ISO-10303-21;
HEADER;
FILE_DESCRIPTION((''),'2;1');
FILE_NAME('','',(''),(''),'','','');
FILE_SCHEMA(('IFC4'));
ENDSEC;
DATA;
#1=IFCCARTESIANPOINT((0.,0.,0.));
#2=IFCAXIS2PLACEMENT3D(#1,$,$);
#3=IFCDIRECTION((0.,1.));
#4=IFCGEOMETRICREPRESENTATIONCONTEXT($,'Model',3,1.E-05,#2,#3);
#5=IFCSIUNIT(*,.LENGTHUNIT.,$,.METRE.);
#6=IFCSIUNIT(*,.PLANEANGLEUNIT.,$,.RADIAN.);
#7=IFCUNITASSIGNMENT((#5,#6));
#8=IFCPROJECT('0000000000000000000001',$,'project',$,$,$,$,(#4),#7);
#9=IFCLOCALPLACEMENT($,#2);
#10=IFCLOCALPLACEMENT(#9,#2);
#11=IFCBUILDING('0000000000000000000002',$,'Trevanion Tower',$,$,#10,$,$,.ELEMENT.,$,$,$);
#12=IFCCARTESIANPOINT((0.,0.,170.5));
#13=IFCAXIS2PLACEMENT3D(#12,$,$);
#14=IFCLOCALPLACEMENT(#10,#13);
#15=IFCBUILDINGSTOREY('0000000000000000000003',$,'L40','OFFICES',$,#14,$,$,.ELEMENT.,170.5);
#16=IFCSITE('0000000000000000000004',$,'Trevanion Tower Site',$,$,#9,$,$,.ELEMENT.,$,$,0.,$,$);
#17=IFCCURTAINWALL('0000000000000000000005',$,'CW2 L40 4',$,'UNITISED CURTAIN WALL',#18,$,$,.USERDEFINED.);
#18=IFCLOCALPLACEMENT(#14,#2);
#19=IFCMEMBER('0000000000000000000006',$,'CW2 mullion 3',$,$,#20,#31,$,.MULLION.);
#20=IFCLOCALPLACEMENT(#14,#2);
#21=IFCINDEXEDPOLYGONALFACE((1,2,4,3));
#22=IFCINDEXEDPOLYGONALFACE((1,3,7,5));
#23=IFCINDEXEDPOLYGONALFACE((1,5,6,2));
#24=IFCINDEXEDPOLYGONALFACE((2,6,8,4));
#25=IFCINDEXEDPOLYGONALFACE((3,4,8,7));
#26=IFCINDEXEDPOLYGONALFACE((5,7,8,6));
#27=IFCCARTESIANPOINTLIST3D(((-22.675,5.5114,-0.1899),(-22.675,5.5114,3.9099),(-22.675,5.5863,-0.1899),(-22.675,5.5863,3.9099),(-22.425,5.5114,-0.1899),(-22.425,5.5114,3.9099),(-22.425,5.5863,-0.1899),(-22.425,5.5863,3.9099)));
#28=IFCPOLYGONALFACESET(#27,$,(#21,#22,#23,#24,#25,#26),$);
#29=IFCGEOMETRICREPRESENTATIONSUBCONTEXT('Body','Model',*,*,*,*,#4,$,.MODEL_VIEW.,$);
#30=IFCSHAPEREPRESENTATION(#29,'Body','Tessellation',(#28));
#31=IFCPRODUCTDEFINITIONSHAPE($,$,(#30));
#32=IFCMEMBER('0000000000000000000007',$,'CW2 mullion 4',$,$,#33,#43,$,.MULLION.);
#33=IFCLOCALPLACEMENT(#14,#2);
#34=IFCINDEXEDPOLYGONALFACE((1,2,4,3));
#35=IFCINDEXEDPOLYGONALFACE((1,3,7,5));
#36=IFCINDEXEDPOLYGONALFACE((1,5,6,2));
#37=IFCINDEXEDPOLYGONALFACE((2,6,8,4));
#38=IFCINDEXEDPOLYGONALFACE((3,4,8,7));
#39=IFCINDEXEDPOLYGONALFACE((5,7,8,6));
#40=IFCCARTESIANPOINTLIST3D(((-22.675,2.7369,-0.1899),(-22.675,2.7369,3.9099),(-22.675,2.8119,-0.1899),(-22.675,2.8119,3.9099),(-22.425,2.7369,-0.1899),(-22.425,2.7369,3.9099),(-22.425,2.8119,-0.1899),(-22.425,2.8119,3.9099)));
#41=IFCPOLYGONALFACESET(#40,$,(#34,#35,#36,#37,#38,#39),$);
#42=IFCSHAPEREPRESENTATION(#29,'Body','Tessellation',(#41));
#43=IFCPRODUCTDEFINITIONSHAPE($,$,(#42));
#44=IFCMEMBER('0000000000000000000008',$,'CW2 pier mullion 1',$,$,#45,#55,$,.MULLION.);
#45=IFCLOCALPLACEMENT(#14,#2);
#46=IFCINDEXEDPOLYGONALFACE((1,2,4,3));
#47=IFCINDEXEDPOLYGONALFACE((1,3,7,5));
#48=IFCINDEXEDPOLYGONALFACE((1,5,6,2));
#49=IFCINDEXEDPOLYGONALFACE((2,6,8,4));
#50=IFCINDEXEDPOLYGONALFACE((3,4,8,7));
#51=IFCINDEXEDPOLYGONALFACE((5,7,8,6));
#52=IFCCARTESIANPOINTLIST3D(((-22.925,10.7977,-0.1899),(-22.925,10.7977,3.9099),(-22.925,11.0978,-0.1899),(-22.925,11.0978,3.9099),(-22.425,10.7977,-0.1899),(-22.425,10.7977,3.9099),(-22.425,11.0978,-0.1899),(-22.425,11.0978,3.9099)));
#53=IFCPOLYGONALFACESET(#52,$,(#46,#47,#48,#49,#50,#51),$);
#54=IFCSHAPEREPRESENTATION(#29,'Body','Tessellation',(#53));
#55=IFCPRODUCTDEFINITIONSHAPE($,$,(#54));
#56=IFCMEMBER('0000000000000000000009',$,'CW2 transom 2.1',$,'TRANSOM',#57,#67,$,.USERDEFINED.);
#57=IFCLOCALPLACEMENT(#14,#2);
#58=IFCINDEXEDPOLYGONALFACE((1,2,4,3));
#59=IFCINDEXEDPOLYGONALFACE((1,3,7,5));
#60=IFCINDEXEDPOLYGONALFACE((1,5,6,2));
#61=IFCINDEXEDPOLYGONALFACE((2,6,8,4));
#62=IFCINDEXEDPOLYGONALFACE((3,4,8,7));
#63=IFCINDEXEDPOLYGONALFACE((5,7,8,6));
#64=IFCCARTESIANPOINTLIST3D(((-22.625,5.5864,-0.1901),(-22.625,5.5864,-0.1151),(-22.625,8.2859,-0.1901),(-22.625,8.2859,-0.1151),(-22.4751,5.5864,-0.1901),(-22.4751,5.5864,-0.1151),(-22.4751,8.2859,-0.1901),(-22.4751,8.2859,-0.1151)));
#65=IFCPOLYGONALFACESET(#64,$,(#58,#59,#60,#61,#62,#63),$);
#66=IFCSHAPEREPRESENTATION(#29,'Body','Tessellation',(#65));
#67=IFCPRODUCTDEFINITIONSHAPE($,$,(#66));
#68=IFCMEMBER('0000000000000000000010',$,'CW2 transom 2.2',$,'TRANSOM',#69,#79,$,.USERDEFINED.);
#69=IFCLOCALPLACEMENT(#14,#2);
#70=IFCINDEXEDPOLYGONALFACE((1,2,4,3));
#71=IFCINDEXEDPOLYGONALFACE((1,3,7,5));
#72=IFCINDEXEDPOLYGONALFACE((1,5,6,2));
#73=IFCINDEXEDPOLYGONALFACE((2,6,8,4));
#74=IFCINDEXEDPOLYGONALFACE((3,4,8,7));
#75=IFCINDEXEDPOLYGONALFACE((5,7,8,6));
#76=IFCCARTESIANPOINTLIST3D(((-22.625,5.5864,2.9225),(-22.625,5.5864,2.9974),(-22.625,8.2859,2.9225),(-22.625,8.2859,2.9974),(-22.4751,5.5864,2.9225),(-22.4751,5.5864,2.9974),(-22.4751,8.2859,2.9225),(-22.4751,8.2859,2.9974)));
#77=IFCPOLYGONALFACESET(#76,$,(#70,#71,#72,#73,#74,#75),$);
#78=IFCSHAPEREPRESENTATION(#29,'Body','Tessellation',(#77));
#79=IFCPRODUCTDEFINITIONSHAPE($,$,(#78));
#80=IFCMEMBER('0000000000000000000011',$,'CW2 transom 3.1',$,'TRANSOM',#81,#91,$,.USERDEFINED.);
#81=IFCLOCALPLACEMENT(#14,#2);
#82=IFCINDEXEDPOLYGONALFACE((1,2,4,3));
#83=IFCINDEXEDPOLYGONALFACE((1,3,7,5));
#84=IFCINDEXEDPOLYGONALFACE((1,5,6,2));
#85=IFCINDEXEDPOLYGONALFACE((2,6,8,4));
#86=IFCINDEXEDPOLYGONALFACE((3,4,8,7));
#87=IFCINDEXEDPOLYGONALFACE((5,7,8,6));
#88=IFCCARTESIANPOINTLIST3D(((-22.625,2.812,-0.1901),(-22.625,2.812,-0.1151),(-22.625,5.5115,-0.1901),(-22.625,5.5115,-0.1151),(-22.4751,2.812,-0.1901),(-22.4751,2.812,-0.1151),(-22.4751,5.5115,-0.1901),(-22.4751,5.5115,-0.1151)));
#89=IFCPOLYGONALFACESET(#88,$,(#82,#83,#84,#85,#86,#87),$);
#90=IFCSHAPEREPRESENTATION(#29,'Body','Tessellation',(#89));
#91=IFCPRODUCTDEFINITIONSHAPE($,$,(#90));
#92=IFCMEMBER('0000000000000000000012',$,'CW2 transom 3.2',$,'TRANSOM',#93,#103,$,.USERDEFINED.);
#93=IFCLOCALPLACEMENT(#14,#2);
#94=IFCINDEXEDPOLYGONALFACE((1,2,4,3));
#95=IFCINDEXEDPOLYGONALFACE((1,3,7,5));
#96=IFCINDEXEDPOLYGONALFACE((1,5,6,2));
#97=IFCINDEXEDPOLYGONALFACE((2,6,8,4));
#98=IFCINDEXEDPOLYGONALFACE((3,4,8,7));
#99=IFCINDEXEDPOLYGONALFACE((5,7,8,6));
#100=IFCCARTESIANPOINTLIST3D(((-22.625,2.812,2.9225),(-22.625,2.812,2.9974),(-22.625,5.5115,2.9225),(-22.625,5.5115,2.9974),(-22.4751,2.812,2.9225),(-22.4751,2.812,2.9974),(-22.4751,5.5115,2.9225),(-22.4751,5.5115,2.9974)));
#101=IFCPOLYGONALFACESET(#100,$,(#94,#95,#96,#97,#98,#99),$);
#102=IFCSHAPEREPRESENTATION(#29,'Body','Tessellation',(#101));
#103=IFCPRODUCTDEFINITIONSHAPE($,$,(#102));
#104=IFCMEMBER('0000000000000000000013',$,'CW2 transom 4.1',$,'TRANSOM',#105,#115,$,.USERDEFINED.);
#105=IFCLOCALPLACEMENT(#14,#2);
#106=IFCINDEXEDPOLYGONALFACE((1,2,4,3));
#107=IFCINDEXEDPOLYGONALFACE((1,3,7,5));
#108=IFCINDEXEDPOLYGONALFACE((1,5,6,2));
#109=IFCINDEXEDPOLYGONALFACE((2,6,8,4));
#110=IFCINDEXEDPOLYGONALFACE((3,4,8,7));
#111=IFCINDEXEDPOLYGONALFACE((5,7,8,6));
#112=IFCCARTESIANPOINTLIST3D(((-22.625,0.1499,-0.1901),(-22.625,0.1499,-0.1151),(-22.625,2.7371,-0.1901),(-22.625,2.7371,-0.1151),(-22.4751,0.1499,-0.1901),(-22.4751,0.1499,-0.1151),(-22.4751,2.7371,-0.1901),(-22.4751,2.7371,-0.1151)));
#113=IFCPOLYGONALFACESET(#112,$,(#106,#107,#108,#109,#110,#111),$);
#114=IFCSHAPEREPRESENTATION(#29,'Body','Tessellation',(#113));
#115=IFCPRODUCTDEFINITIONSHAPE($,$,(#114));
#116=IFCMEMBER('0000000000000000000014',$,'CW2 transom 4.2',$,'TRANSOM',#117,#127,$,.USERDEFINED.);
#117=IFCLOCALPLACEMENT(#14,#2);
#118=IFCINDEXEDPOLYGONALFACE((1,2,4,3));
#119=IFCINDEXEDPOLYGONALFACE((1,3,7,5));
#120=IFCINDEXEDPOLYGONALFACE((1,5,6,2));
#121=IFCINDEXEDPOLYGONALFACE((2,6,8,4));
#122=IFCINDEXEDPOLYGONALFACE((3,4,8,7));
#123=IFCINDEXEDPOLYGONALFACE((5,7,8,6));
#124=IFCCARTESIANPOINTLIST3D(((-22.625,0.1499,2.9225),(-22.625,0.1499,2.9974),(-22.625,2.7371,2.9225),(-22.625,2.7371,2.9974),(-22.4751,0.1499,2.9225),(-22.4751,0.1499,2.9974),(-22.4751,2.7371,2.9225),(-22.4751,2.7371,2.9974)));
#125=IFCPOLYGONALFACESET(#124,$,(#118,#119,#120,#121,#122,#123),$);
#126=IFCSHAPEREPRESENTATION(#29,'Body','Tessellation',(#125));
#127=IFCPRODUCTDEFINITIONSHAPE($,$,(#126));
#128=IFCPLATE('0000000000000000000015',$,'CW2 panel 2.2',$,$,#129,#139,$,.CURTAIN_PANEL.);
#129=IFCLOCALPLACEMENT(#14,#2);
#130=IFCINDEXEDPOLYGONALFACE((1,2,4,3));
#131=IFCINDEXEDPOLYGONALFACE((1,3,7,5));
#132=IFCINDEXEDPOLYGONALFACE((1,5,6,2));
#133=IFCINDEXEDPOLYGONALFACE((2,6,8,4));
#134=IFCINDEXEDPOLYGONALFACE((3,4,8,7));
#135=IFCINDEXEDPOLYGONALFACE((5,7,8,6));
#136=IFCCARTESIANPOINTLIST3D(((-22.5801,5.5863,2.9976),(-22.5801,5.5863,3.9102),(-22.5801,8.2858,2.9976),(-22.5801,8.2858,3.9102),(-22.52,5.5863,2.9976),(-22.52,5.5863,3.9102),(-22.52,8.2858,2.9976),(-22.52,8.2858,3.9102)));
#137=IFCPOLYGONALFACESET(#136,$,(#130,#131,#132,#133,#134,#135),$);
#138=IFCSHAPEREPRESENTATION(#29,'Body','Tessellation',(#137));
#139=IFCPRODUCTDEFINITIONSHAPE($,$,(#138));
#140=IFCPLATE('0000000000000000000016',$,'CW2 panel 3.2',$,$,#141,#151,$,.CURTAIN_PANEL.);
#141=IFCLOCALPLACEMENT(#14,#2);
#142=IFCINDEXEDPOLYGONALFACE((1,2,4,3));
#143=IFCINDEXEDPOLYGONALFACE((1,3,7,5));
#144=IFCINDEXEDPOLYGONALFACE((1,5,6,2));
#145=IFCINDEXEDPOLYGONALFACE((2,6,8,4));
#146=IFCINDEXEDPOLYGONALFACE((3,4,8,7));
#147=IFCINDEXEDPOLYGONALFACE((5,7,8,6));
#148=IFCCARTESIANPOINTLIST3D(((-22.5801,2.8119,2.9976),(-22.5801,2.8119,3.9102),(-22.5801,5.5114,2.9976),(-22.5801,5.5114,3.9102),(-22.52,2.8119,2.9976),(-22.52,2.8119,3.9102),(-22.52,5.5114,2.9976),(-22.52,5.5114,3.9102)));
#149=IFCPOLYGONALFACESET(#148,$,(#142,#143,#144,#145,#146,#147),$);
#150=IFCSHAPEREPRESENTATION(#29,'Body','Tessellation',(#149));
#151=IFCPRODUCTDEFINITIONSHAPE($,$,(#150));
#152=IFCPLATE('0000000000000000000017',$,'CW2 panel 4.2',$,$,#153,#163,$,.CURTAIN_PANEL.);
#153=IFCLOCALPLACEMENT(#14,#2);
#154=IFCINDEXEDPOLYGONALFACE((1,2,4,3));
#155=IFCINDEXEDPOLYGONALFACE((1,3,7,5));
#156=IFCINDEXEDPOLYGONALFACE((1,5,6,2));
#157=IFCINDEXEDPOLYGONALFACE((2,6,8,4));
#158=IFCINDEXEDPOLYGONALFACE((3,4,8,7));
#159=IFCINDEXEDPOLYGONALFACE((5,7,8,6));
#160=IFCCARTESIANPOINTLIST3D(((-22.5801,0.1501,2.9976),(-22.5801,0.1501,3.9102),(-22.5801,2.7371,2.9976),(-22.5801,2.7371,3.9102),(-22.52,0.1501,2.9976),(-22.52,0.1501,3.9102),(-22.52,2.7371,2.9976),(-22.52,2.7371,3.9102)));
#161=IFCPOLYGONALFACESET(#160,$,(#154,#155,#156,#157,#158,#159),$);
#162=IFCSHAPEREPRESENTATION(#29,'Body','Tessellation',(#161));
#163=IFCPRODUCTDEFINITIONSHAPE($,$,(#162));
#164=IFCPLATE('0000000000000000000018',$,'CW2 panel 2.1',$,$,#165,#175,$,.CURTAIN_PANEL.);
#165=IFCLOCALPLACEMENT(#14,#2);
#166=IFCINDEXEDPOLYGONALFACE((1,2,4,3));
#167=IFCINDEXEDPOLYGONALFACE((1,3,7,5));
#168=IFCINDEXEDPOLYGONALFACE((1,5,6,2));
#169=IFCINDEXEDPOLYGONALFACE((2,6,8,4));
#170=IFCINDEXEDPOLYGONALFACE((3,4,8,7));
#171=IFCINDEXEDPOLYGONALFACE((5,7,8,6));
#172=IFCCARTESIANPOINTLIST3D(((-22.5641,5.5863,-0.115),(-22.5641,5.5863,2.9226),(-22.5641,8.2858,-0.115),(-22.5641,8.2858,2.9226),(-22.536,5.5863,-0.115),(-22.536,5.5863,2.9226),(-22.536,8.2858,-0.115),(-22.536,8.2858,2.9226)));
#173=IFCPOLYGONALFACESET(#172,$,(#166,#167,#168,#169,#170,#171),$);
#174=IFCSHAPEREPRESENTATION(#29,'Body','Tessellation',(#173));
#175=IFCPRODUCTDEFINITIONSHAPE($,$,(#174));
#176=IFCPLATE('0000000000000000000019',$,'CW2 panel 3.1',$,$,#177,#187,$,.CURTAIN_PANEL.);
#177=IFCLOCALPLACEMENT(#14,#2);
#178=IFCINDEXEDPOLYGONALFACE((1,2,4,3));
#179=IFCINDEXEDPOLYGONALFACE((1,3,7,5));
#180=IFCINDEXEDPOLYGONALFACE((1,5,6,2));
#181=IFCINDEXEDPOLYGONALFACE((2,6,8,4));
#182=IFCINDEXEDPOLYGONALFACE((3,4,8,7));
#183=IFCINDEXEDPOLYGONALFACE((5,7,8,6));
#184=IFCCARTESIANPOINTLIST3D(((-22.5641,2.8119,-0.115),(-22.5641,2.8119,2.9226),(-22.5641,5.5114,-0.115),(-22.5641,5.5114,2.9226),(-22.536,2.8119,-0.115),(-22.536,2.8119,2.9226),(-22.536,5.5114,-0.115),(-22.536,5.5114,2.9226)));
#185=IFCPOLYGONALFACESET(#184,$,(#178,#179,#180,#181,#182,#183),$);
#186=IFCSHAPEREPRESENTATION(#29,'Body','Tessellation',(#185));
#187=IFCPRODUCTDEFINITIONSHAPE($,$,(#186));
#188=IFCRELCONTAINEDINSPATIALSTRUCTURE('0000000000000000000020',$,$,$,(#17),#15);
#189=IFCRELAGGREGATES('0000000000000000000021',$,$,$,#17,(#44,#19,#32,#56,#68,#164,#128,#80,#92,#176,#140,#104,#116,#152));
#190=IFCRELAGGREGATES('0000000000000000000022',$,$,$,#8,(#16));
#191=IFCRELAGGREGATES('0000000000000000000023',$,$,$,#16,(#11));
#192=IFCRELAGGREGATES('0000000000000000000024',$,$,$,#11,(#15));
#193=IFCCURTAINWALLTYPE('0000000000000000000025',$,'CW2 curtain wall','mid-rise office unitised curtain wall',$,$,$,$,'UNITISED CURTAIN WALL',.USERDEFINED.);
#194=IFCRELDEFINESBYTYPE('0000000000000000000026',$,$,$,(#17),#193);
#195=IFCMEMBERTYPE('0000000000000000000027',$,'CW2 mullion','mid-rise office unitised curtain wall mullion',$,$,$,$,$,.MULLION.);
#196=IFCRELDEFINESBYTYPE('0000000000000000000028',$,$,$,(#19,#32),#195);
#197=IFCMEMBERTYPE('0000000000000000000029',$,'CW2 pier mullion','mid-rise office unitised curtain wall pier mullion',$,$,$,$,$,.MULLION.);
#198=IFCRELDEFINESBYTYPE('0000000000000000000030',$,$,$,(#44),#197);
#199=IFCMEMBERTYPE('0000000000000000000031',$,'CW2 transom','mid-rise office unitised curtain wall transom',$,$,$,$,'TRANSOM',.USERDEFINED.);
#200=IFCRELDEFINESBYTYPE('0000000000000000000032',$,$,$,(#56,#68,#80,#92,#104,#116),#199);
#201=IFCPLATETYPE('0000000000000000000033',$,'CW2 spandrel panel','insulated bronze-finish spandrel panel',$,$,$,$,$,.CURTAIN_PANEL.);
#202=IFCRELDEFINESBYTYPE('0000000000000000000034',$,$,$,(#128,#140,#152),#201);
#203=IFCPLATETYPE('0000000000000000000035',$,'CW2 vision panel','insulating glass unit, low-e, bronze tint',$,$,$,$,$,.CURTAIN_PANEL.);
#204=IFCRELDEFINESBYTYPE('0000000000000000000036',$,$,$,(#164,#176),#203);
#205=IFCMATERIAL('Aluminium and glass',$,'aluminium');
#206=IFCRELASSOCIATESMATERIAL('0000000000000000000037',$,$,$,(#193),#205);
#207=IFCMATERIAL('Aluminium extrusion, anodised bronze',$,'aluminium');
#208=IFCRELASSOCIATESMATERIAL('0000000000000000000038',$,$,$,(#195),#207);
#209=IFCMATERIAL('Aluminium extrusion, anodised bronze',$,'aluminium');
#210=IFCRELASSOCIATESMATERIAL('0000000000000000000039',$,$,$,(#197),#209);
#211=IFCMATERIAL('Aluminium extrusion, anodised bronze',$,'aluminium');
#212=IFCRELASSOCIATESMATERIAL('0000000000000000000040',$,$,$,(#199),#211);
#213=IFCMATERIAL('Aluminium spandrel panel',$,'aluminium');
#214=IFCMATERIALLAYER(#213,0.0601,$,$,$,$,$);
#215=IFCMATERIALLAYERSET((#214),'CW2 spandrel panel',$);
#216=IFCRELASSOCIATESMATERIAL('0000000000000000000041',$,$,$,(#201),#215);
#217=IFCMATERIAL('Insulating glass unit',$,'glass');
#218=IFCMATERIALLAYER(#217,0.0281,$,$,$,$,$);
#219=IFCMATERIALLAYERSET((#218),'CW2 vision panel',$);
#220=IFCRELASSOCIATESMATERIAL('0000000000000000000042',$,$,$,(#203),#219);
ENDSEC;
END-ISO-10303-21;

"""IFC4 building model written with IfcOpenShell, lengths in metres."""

from ifc_helpers import new_model, si_unit, direction, frame, origin, origin_2d, place, context, subcontext, project, spatial, rectangle, extrude, material, layer, layer_set, material_profile, profile_set, type_object, element, aggregate, save


model = new_model("IFC4")

# Units and contexts
model_context = context("Model", 3, precision=1e-05, world=origin(), true_north=direction((0.0, 1.0)))
body_context = subcontext(model_context, "Body", "Model", "MODEL_VIEW")
ifc_project = project(units=[si_unit("LENGTHUNIT", "METRE"), si_unit("PLANEANGLEUNIT", "RADIAN")], contexts=[model_context])

# Site, building, storey
site_placement = place(None, origin())
site = spatial("IfcSite", under=ifc_project, at=site_placement, Name="Trevanion Tower Site", CompositionType="ELEMENT", RefElevation=0.0)
building_placement = place(site_placement, origin())
building = spatial("IfcBuilding", under=site, at=building_placement, Name="Trevanion Tower", CompositionType="ELEMENT")
storey_placement = place(building_placement, frame((0.0, 0.0, 170.5)))
storey = spatial("IfcBuildingStorey", under=building, at=storey_placement, Name="L40", Description="OFFICES", CompositionType="ELEMENT", Elevation=170.5)

# Curtain wall, members, plates
ifc_material_1 = material(Name="Aluminium and glass", Category="aluminium")
curtain_wall_type = type_object("IfcCurtainWallType", Name="CW2 curtain wall", Description="mid-rise office unitised curtain wall", ElementType="UNITISED CURTAIN WALL", PredefinedType="USERDEFINED", material=ifc_material_1)
curtain_wall_placement = place(storey_placement, origin())
curtain_wall = element("IfcCurtainWall", 1, at=curtain_wall_placement, inside=storey, type_object=curtain_wall_type, Name="CW2 L40 4", ObjectType="UNITISED CURTAIN WALL", PredefinedType="USERDEFINED")
ifc_material_2 = material(Name="Aluminium extrusion, anodised bronze", Category="aluminium")
ifc_material_profile_1 = material_profile(ifc_material_2, rectangle(XDim=0.075, YDim=0.25, at=origin_2d()), Name="CW2 mullion")
ifc_profile_set_1 = profile_set([ifc_material_profile_1], Name="Aluminium extrusion, anodised bronze")
member_type_1 = type_object("IfcMemberType", Name="CW2 mullion", Description="mid-rise office unitised curtain wall mullion", PredefinedType="MULLION", material=ifc_profile_set_1)
member_1_placement = place(storey_placement, frame((-22.55, 5.5488, -0.1899), z_axis=(0.0, 0.0, 1.0), x_axis=(0.0, -1.0, 0.0)))
member_1 = element("IfcMember", 2, at=member_1_placement, type_object=member_type_1, Name="CW2 mullion 3", PredefinedType="MULLION", context=body_context, shape_type="SweptSolid", body=[
    extrude(rectangle(XDim=0.075, YDim=0.25, at=origin_2d()), origin(), (0.0, 0.0, 1.0), 4.0999),
])
member_2_placement = place(storey_placement, frame((-22.55, 2.7744, -0.1899), z_axis=(0.0, 0.0, 1.0), x_axis=(0.0, -1.0, 0.0)))
member_2 = element("IfcMember", 3, at=member_2_placement, type_object=member_type_1, Name="CW2 mullion 4", PredefinedType="MULLION", context=body_context, shape_type="SweptSolid", body=[
    extrude(rectangle(XDim=0.075, YDim=0.25, at=origin_2d()), origin(), (0.0, 0.0, 1.0), 4.0999),
])
ifc_material_3 = material(Name="Aluminium extrusion, anodised bronze", Category="aluminium")
ifc_material_profile_2 = material_profile(ifc_material_3, rectangle(XDim=0.3, YDim=0.5, at=origin_2d()), Name="CW2 pier mullion")
ifc_profile_set_2 = profile_set([ifc_material_profile_2], Name="Aluminium extrusion, anodised bronze")
member_type_2 = type_object("IfcMemberType", Name="CW2 pier mullion", Description="mid-rise office unitised curtain wall pier mullion", PredefinedType="MULLION", material=ifc_profile_set_2)
member_3_placement = place(storey_placement, frame((-22.675, 10.9478, -0.1899), z_axis=(0.0, 0.0, 1.0), x_axis=(0.0, -1.0, 0.0)))
member_3 = element("IfcMember", 4, at=member_3_placement, type_object=member_type_2, Name="CW2 pier mullion 1", PredefinedType="MULLION", context=body_context, shape_type="SweptSolid", body=[
    extrude(rectangle(XDim=0.3, YDim=0.5, at=origin_2d()), origin(), (0.0, 0.0, 1.0), 4.0999),
])
ifc_material_4 = material(Name="Aluminium extrusion, anodised bronze", Category="aluminium")
ifc_material_profile_3 = material_profile(ifc_material_4, rectangle(XDim=0.1499, YDim=0.075, at=origin_2d()), Name="CW2 transom")
ifc_profile_set_3 = profile_set([ifc_material_profile_3], Name="Aluminium extrusion, anodised bronze")
member_type_3 = type_object("IfcMemberType", Name="CW2 transom", Description="mid-rise office unitised curtain wall transom", ElementType="TRANSOM", PredefinedType="USERDEFINED", material=ifc_profile_set_3)
member_4_placement = place(storey_placement, frame((-22.55, 8.2859, -0.1526), z_axis=(0.0, -1.0, 0.0), x_axis=(1.0, 0.0, 0.0)))
member_4 = element("IfcMember", 5, at=member_4_placement, type_object=member_type_3, Name="CW2 transom 2.1", ObjectType="TRANSOM", PredefinedType="USERDEFINED", context=body_context, shape_type="SweptSolid", body=[
    extrude(rectangle(XDim=0.1499, YDim=0.075, at=origin_2d()), origin(), (0.0, 0.0, 1.0), 2.6995),
])
member_5_placement = place(storey_placement, frame((-22.55, 8.2859, 2.96), z_axis=(0.0, -1.0, 0.0), x_axis=(1.0, 0.0, 0.0)))
member_5 = element("IfcMember", 6, at=member_5_placement, type_object=member_type_3, Name="CW2 transom 2.2", ObjectType="TRANSOM", PredefinedType="USERDEFINED", context=body_context, shape_type="SweptSolid", body=[
    extrude(rectangle(XDim=0.1499, YDim=0.075, at=origin_2d()), origin(), (0.0, 0.0, 1.0), 2.6995),
])
member_6_placement = place(storey_placement, frame((-22.55, 5.5115, -0.1526), z_axis=(0.0, -1.0, 0.0), x_axis=(1.0, 0.0, 0.0)))
member_6 = element("IfcMember", 7, at=member_6_placement, type_object=member_type_3, Name="CW2 transom 3.1", ObjectType="TRANSOM", PredefinedType="USERDEFINED", context=body_context, shape_type="SweptSolid", body=[
    extrude(rectangle(XDim=0.1499, YDim=0.075, at=origin_2d()), origin(), (0.0, 0.0, 1.0), 2.6995),
])
member_7_placement = place(storey_placement, frame((-22.55, 5.5115, 2.96), z_axis=(0.0, -1.0, 0.0), x_axis=(1.0, 0.0, 0.0)))
member_7 = element("IfcMember", 8, at=member_7_placement, type_object=member_type_3, Name="CW2 transom 3.2", ObjectType="TRANSOM", PredefinedType="USERDEFINED", context=body_context, shape_type="SweptSolid", body=[
    extrude(rectangle(XDim=0.1499, YDim=0.075, at=origin_2d()), origin(), (0.0, 0.0, 1.0), 2.6995),
])
member_8_placement = place(storey_placement, frame((-22.55, 2.7371, -0.1526), z_axis=(0.0, -1.0, 0.0), x_axis=(1.0, 0.0, 0.0)))
member_8 = element("IfcMember", 9, at=member_8_placement, type_object=member_type_3, Name="CW2 transom 4.1", ObjectType="TRANSOM", PredefinedType="USERDEFINED", context=body_context, shape_type="SweptSolid", body=[
    extrude(rectangle(XDim=0.1499, YDim=0.075, at=origin_2d()), origin(), (0.0, 0.0, 1.0), 2.5872),
])
member_9_placement = place(storey_placement, frame((-22.55, 2.7371, 2.96), z_axis=(0.0, -1.0, 0.0), x_axis=(1.0, 0.0, 0.0)))
member_9 = element("IfcMember", 10, at=member_9_placement, type_object=member_type_3, Name="CW2 transom 4.2", ObjectType="TRANSOM", PredefinedType="USERDEFINED", context=body_context, shape_type="SweptSolid", body=[
    extrude(rectangle(XDim=0.1499, YDim=0.075, at=origin_2d()), origin(), (0.0, 0.0, 1.0), 2.5872),
])
ifc_material_5 = material(Name="Aluminium spandrel panel", Category="aluminium")
ifc_layer_1 = layer(ifc_material_5, 0.0601)
ifc_layer_set_1 = layer_set([ifc_layer_1], Name="CW2 spandrel panel")
plate_type_1 = type_object("IfcPlateType", Name="CW2 spandrel panel", Description="insulated bronze-finish spandrel panel", PredefinedType="CURTAIN_PANEL", material=ifc_layer_set_1)
plate_1_placement = place(storey_placement, frame((-22.55, 6.936, 2.9976), z_axis=(0.0, 0.0, 1.0), x_axis=(0.0, -1.0, 0.0)))
plate_1 = element("IfcPlate", 11, at=plate_1_placement, type_object=plate_type_1, Name="CW2 panel 2.2", PredefinedType="CURTAIN_PANEL", context=body_context, shape_type="SweptSolid", body=[
    extrude(rectangle(XDim=2.6995, YDim=0.0601, at=origin_2d()), origin(), (0.0, 0.0, 1.0), 0.9126),
])
plate_2_placement = place(storey_placement, frame((-22.55, 4.1616, 2.9976), z_axis=(0.0, 0.0, 1.0), x_axis=(0.0, -1.0, 0.0)))
plate_2 = element("IfcPlate", 12, at=plate_2_placement, type_object=plate_type_1, Name="CW2 panel 3.2", PredefinedType="CURTAIN_PANEL", context=body_context, shape_type="SweptSolid", body=[
    extrude(rectangle(XDim=2.6995, YDim=0.0601, at=origin_2d()), origin(), (0.0, 0.0, 1.0), 0.9126),
])
plate_3_placement = place(storey_placement, frame((-22.55, 1.4436, 2.9976), z_axis=(0.0, 0.0, 1.0), x_axis=(0.0, -1.0, 0.0)))
plate_3 = element("IfcPlate", 13, at=plate_3_placement, type_object=plate_type_1, Name="CW2 panel 4.2", PredefinedType="CURTAIN_PANEL", context=body_context, shape_type="SweptSolid", body=[
    extrude(rectangle(XDim=2.5869, YDim=0.0601, at=origin_2d()), origin(), (0.0, 0.0, 1.0), 0.9126),
])
ifc_material_6 = material(Name="Insulating glass unit", Category="glass")
ifc_layer_2 = layer(ifc_material_6, 0.0281)
ifc_layer_set_2 = layer_set([ifc_layer_2], Name="CW2 vision panel")
plate_type_2 = type_object("IfcPlateType", Name="CW2 vision panel", Description="insulating glass unit, low-e, bronze tint", PredefinedType="CURTAIN_PANEL", material=ifc_layer_set_2)
plate_4_placement = place(storey_placement, frame((-22.55, 6.936, -0.115), z_axis=(0.0, 0.0, 1.0), x_axis=(0.0, -1.0, 0.0)))
plate_4 = element("IfcPlate", 14, at=plate_4_placement, type_object=plate_type_2, Name="CW2 panel 2.1", PredefinedType="CURTAIN_PANEL", context=body_context, shape_type="SweptSolid", body=[
    extrude(rectangle(XDim=2.6995, YDim=0.0281, at=origin_2d()), origin(), (0.0, 0.0, 1.0), 3.0376),
])
plate_5_placement = place(storey_placement, frame((-22.55, 4.1616, -0.115), z_axis=(0.0, 0.0, 1.0), x_axis=(0.0, -1.0, 0.0)))
plate_5 = element("IfcPlate", 15, at=plate_5_placement, type_object=plate_type_2, Name="CW2 panel 3.1", PredefinedType="CURTAIN_PANEL", context=body_context, shape_type="SweptSolid", body=[
    extrude(rectangle(XDim=2.6995, YDim=0.0281, at=origin_2d()), origin(), (0.0, 0.0, 1.0), 3.0376),
])
aggregate(curtain_wall, [member_3, member_1, member_2, member_4, member_5, plate_4, plate_1, member_6, member_7, plate_5, plate_2, member_8, member_9, plate_3])

save(model, "model.ifc")
